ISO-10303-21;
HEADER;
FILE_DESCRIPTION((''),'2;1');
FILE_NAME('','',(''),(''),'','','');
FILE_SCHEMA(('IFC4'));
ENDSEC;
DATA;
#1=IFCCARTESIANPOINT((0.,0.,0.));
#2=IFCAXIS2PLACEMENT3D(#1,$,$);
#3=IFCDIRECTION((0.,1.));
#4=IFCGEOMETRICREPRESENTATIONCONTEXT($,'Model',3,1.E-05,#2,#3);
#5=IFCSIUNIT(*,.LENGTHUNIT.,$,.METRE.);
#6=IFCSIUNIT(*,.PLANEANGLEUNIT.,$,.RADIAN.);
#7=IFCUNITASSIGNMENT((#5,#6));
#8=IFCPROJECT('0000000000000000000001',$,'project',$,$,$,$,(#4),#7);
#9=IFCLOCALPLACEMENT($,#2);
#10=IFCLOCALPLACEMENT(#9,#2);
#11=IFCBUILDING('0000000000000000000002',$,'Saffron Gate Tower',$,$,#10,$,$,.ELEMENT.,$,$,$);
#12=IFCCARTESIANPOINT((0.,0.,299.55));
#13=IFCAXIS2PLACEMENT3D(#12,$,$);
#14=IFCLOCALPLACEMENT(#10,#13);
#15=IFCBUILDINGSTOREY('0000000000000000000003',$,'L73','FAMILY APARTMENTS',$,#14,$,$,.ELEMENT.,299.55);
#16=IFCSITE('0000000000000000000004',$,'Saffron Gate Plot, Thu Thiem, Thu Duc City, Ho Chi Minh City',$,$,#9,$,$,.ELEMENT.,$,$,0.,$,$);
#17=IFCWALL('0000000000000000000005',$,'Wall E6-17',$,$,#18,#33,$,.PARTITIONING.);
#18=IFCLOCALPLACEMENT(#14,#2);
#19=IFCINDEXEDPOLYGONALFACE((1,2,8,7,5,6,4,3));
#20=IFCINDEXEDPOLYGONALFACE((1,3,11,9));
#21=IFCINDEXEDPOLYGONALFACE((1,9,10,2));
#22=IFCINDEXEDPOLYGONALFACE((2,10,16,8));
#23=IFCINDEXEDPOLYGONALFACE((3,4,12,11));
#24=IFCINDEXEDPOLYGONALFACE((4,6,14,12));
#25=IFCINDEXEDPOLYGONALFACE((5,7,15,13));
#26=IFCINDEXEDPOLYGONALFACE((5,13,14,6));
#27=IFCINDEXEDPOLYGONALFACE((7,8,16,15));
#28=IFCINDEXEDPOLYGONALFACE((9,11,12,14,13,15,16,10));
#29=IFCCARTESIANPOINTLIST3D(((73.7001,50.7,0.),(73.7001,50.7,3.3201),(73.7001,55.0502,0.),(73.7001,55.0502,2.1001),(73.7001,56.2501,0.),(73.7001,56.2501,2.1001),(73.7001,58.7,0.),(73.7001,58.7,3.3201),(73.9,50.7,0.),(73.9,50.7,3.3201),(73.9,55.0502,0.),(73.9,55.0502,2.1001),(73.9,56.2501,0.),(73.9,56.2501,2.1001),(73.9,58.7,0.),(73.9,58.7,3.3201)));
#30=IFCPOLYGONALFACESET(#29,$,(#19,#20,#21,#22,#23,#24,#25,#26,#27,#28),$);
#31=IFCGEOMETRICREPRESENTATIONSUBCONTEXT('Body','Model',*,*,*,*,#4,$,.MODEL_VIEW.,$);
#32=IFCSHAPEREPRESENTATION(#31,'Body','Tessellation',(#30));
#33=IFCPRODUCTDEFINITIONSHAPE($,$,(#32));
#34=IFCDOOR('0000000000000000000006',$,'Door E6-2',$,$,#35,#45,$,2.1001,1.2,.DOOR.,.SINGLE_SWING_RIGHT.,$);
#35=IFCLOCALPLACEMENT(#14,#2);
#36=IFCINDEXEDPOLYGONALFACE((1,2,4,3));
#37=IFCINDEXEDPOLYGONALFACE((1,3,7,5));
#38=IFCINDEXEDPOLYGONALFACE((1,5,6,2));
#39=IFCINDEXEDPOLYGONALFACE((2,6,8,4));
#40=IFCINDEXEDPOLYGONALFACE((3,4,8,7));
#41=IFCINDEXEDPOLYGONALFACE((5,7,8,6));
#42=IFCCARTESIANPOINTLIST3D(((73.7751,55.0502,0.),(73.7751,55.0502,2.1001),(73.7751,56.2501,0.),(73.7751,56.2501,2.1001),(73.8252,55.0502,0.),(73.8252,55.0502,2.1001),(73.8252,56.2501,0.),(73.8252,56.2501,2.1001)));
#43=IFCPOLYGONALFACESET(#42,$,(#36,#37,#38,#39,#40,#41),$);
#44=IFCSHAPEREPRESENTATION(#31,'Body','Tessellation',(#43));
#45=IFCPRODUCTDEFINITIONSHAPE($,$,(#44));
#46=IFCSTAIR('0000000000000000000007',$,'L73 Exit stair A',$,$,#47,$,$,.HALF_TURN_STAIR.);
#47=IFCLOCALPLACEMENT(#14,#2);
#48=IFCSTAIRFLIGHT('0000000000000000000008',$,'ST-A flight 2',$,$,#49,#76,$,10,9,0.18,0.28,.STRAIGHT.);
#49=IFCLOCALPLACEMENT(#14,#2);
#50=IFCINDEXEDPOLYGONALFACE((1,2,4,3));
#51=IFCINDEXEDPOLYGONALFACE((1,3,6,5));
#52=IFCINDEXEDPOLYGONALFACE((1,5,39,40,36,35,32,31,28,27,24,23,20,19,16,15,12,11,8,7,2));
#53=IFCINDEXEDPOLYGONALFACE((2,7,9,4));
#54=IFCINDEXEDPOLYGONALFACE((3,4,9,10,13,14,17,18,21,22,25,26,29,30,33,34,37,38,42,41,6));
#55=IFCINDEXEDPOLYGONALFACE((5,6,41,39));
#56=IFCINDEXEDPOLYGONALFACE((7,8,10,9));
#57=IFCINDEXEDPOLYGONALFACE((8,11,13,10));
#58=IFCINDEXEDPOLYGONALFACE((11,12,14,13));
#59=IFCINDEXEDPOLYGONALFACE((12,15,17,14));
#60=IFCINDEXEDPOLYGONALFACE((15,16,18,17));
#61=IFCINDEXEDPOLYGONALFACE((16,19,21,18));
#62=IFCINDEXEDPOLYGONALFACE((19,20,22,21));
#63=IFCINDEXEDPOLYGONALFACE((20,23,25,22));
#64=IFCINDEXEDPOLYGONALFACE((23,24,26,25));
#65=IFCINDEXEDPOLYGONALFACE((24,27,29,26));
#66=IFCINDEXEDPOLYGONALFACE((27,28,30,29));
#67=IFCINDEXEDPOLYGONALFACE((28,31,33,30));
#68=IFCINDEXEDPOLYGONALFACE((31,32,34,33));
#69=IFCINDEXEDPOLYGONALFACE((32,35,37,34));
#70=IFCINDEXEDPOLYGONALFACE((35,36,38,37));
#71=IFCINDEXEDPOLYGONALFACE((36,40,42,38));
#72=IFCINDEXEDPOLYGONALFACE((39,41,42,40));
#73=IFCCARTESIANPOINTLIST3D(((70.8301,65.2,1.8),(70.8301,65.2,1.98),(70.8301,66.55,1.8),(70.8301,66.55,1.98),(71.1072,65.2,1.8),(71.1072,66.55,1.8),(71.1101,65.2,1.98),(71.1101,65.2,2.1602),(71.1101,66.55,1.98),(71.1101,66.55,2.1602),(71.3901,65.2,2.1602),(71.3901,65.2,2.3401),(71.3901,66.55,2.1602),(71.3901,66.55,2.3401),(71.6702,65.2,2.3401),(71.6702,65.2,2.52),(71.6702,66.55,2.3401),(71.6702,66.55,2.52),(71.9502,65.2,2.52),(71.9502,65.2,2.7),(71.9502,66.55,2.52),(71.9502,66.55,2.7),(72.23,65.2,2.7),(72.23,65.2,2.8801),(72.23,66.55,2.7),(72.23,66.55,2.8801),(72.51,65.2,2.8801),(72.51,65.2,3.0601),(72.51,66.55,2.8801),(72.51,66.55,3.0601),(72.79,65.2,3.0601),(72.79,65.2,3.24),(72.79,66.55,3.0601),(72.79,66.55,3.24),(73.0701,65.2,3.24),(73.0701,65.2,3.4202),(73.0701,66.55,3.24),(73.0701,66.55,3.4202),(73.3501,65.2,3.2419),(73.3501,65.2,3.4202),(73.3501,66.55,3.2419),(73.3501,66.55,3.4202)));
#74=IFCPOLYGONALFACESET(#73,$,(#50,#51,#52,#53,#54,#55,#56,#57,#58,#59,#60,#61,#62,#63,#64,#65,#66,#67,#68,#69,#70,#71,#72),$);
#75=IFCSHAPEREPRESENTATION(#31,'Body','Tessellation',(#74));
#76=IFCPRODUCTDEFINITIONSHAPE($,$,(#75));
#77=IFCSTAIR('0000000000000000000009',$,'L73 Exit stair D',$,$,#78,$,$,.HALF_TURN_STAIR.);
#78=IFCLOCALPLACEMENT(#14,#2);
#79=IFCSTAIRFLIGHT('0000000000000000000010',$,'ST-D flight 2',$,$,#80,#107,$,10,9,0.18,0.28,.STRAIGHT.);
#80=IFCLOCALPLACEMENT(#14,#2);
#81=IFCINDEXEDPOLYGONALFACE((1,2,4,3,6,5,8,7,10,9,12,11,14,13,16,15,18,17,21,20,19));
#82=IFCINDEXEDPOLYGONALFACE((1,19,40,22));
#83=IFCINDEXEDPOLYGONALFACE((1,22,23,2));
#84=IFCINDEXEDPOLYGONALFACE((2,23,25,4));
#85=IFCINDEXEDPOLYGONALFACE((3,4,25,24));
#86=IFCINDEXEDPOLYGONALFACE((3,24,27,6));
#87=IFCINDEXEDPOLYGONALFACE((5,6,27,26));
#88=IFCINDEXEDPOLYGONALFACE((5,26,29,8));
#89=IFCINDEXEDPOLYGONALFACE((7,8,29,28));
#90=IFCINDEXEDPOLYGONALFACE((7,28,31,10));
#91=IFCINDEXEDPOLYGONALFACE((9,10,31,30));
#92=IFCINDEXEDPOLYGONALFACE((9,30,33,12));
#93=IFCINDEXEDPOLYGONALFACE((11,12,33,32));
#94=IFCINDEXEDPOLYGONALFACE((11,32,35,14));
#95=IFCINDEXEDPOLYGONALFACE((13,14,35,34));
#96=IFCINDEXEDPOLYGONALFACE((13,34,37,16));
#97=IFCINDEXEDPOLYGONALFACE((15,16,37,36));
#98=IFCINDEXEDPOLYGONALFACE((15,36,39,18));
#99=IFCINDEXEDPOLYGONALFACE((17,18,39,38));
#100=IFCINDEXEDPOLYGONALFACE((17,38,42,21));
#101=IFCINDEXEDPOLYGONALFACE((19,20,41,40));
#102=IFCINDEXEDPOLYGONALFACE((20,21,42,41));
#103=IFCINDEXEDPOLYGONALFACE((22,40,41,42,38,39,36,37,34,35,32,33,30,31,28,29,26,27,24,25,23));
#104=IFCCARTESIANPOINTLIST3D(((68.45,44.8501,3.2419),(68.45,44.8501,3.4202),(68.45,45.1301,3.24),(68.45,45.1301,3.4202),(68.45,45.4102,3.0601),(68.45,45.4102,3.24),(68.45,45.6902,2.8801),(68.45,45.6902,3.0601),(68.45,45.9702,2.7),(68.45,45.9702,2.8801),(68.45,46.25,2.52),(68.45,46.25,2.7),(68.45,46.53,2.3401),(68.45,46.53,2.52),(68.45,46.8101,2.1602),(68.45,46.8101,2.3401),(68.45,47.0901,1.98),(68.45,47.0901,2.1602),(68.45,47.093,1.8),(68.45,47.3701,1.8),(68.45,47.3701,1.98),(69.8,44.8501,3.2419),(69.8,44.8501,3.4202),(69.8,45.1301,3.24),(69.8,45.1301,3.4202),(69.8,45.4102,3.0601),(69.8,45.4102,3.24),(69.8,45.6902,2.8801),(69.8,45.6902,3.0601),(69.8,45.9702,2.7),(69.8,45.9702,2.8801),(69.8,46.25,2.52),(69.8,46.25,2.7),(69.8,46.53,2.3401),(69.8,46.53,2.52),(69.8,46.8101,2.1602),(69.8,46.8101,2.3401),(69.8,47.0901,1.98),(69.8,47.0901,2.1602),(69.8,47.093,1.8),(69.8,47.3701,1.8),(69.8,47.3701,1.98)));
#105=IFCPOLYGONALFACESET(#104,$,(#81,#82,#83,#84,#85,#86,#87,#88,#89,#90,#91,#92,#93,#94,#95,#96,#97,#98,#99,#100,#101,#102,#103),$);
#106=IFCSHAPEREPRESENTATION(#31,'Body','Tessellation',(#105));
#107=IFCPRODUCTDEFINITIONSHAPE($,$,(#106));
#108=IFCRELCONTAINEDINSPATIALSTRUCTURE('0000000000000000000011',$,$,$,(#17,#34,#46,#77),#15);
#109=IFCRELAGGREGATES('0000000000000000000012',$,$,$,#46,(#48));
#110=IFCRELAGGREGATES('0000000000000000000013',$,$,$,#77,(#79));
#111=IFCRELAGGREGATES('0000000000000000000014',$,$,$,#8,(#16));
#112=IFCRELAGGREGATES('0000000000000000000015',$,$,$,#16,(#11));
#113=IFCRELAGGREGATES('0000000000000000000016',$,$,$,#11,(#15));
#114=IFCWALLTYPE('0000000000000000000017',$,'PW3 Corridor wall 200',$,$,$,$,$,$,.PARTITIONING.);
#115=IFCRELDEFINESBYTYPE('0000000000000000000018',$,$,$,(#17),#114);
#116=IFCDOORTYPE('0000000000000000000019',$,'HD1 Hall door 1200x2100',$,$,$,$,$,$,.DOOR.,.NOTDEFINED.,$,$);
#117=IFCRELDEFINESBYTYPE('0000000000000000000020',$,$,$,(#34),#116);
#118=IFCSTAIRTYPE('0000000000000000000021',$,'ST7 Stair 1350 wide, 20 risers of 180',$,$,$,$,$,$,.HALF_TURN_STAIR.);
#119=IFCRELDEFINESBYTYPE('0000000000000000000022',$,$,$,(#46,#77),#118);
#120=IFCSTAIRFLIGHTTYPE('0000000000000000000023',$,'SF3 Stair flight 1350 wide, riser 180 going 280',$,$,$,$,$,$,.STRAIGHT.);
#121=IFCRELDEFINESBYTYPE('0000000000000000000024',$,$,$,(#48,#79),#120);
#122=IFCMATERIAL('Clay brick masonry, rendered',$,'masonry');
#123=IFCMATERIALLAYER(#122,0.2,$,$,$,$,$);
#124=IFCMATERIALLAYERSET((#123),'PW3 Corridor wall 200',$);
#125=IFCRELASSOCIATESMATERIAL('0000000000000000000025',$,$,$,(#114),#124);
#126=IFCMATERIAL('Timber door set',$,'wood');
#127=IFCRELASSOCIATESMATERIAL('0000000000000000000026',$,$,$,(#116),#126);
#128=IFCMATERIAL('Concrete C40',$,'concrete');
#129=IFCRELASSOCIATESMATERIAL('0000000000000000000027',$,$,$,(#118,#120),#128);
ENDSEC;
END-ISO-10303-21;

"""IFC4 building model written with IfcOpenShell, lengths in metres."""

from ifc_helpers import new_model, si_unit, direction, frame, frame_2d, origin, place, context, subcontext, project, spatial, polyline, rectangle, outline, extrude, material, layer, layer_set, type_object, element, fill, aggregate, save


model = new_model("IFC4")

# Units and contexts
model_context = context("Model", 3, precision=1e-05, world=origin(), true_north=direction((0.0, 1.0)))
body_context = subcontext(model_context, "Body", "Model", "MODEL_VIEW")
ifc_project = project(units=[si_unit("LENGTHUNIT", "METRE"), si_unit("PLANEANGLEUNIT", "RADIAN")], contexts=[model_context])

# Site, building, storey
site_placement = place(None, origin())
site = spatial("IfcSite", under=ifc_project, at=site_placement, Name="Saffron Gate Plot, Thu Thiem, Thu Duc City, Ho Chi Minh City", CompositionType="ELEMENT", RefElevation=0.0)
building_placement = place(site_placement, origin())
building = spatial("IfcBuilding", under=site, at=building_placement, Name="Saffron Gate Tower", CompositionType="ELEMENT")
storey_placement = place(building_placement, frame((0.0, 0.0, 299.55)))
storey = spatial("IfcBuildingStorey", under=building, at=storey_placement, Name="L73", Description="FAMILY APARTMENTS", CompositionType="ELEMENT", Elevation=299.55)

# Shared definitions
ifc_material_1 = material(Name="Concrete C40", Category="concrete")

# Wall, opening, door
ifc_material_2 = material(Name="Clay brick masonry, rendered", Category="masonry")
ifc_layer_1 = layer(ifc_material_2, 0.2)
ifc_layer_set_1 = layer_set([ifc_layer_1], Name="PW3 Corridor wall 200")
wall_type_1 = type_object("IfcWallType", Name="PW3 Corridor wall 200", PredefinedType="PARTITIONING", material=ifc_layer_set_1)
wall_1_placement = place(storey_placement, frame((73.8, 50.7, 0.0), z_axis=(0.0, 0.0, 1.0), x_axis=(0.0, 1.0, 0.0)))
wall_1 = element("IfcWall", 1, at=wall_1_placement, inside=storey, type_object=wall_type_1, Name="Wall E6-17", PredefinedType="PARTITIONING", context=body_context, shape_type="SweptSolid", body=[
    extrude(rectangle(XDim=8.0, YDim=0.2, at=frame_2d((4.0, 0.0))), origin(), (0.0, 0.0, 1.0), 3.3201),
])
opening_1_placement = place(wall_1_placement, frame((4.3501, 0.0, 0.0)))
opening_1 = element("IfcOpeningElement", 2, at=opening_1_placement, cuts=wall_1, PredefinedType="OPENING", context=body_context, shape_type="SweptSolid", body=[
    extrude(rectangle(XDim=1.2, YDim=2.1001, at=frame_2d((0.6001, 1.05))), frame((0.0, 0.1099, 0.0), z_axis=(0.0, -1.0, 0.0), x_axis=(1.0, 0.0, 0.0)), (0.0, 0.0, 1.0), 0.22),
])
ifc_material_3 = material(Name="Timber door set", Category="wood")
door_type_1 = type_object("IfcDoorType", Name="HD1 Hall door 1200x2100", OperationType="NOTDEFINED", PredefinedType="DOOR", material=ifc_material_3)
door_1_placement = place(opening_1_placement, origin())
door_1 = element("IfcDoor", 3, at=door_1_placement, inside=storey, type_object=door_type_1, Name="Door E6-2", OperationType="SINGLE_SWING_RIGHT", OverallHeight=2.1001, OverallWidth=1.2, PredefinedType="DOOR", context=body_context, shape_type="SweptSolid", body=[
    extrude(rectangle(XDim=1.2, YDim=2.1001, at=frame_2d((0.6001, 1.05))), frame((0.0, 0.0249, 0.0), z_axis=(0.0, -1.0, 0.0), x_axis=(1.0, 0.0, 0.0)), (0.0, 0.0, 1.0), 0.05),
])
fill(opening_1, door_1)

# Stairs, stair flights
stair_type = type_object("IfcStairType", Name="ST7 Stair 1350 wide, 20 risers of 180", PredefinedType="HALF_TURN_STAIR", material=ifc_material_1)
stair_1_placement = place(storey_placement, origin())
stair_1 = element("IfcStair", 4, at=stair_1_placement, inside=storey, type_object=stair_type, Name="L73 Exit stair A", PredefinedType="HALF_TURN_STAIR")
stair_flight_type = type_object("IfcStairFlightType", Name="SF3 Stair flight 1350 wide, riser 180 going 280", PredefinedType="STRAIGHT", material=ifc_material_1)
stair_flight_1_placement = place(storey_placement, frame((70.8301, 65.875, 1.8), z_axis=(0.0, 0.0, 1.0), x_axis=(1.0, 0.0, 0.0)))
stair_flight_1 = element("IfcStairFlight", 5, at=stair_flight_1_placement, type_object=stair_flight_type, Name="ST-A flight 2", NumberOfRisers=10, NumberOfTreads=9, PredefinedType="STRAIGHT", RiserHeight=0.18, TreadLength=0.28, context=body_context, shape_type="SweptSolid", body=[
    extrude(outline(polyline([(0.0, 0.0), (0.0, 0.1799), (0.28, 0.1799), (0.28, 0.3601), (0.5601, 0.3601), (0.5601, 0.54), (0.8401, 0.54), (0.8401, 0.72), (1.1201, 0.72), (1.1201, 0.8999), (1.3999, 0.8999), (1.3999, 1.0801), (1.6799, 1.0801), (1.6799, 1.26), (1.96, 1.26), (1.96, 1.4399), (2.24, 1.4399), (2.24, 1.6201), (2.52, 1.6201), (2.52, 1.8), (2.52, 1.4419), (0.2771, 0.0), (0.0, 0.0)])), frame((0.0, 0.675, 0.0), z_axis=(0.0, -1.0, 0.0), x_axis=(1.0, 0.0, 0.0)), (0.0, 0.0, 1.0), 1.3501),
])
aggregate(stair_1, [stair_flight_1])
stair_2_placement = place(storey_placement, origin())
stair_2 = element("IfcStair", 6, at=stair_2_placement, inside=storey, type_object=stair_type, Name="L73 Exit stair D", PredefinedType="HALF_TURN_STAIR")
stair_flight_2_placement = place(storey_placement, frame((69.125, 47.3701, 1.8), z_axis=(0.0, 0.0, 1.0), x_axis=(0.0, -1.0, 0.0)))
stair_flight_2 = element("IfcStairFlight", 7, at=stair_flight_2_placement, type_object=stair_flight_type, Name="ST-D flight 2", NumberOfRisers=10, NumberOfTreads=9, PredefinedType="STRAIGHT", RiserHeight=0.18, TreadLength=0.28, context=body_context, shape_type="SweptSolid", body=[
    extrude(outline(polyline([(0.0, 0.0), (0.0, 0.1799), (0.28, 0.1799), (0.28, 0.3601), (0.5601, 0.3601), (0.5601, 0.54), (0.8401, 0.54), (0.8401, 0.72), (1.1201, 0.72), (1.1201, 0.8999), (1.3999, 0.8999), (1.3999, 1.0801), (1.6799, 1.0801), (1.6799, 1.26), (1.96, 1.26), (1.96, 1.4399), (2.24, 1.4399), (2.24, 1.6201), (2.52, 1.6201), (2.52, 1.8), (2.52, 1.4419), (0.2771, 0.0), (0.0, 0.0)])), frame((0.0, 0.675, 0.0), z_axis=(0.0, -1.0, 0.0), x_axis=(1.0, 0.0, 0.0)), (0.0, 0.0, 1.0), 1.3501),
])
aggregate(stair_2, [stair_flight_2])

save(model, "model.ifc")
